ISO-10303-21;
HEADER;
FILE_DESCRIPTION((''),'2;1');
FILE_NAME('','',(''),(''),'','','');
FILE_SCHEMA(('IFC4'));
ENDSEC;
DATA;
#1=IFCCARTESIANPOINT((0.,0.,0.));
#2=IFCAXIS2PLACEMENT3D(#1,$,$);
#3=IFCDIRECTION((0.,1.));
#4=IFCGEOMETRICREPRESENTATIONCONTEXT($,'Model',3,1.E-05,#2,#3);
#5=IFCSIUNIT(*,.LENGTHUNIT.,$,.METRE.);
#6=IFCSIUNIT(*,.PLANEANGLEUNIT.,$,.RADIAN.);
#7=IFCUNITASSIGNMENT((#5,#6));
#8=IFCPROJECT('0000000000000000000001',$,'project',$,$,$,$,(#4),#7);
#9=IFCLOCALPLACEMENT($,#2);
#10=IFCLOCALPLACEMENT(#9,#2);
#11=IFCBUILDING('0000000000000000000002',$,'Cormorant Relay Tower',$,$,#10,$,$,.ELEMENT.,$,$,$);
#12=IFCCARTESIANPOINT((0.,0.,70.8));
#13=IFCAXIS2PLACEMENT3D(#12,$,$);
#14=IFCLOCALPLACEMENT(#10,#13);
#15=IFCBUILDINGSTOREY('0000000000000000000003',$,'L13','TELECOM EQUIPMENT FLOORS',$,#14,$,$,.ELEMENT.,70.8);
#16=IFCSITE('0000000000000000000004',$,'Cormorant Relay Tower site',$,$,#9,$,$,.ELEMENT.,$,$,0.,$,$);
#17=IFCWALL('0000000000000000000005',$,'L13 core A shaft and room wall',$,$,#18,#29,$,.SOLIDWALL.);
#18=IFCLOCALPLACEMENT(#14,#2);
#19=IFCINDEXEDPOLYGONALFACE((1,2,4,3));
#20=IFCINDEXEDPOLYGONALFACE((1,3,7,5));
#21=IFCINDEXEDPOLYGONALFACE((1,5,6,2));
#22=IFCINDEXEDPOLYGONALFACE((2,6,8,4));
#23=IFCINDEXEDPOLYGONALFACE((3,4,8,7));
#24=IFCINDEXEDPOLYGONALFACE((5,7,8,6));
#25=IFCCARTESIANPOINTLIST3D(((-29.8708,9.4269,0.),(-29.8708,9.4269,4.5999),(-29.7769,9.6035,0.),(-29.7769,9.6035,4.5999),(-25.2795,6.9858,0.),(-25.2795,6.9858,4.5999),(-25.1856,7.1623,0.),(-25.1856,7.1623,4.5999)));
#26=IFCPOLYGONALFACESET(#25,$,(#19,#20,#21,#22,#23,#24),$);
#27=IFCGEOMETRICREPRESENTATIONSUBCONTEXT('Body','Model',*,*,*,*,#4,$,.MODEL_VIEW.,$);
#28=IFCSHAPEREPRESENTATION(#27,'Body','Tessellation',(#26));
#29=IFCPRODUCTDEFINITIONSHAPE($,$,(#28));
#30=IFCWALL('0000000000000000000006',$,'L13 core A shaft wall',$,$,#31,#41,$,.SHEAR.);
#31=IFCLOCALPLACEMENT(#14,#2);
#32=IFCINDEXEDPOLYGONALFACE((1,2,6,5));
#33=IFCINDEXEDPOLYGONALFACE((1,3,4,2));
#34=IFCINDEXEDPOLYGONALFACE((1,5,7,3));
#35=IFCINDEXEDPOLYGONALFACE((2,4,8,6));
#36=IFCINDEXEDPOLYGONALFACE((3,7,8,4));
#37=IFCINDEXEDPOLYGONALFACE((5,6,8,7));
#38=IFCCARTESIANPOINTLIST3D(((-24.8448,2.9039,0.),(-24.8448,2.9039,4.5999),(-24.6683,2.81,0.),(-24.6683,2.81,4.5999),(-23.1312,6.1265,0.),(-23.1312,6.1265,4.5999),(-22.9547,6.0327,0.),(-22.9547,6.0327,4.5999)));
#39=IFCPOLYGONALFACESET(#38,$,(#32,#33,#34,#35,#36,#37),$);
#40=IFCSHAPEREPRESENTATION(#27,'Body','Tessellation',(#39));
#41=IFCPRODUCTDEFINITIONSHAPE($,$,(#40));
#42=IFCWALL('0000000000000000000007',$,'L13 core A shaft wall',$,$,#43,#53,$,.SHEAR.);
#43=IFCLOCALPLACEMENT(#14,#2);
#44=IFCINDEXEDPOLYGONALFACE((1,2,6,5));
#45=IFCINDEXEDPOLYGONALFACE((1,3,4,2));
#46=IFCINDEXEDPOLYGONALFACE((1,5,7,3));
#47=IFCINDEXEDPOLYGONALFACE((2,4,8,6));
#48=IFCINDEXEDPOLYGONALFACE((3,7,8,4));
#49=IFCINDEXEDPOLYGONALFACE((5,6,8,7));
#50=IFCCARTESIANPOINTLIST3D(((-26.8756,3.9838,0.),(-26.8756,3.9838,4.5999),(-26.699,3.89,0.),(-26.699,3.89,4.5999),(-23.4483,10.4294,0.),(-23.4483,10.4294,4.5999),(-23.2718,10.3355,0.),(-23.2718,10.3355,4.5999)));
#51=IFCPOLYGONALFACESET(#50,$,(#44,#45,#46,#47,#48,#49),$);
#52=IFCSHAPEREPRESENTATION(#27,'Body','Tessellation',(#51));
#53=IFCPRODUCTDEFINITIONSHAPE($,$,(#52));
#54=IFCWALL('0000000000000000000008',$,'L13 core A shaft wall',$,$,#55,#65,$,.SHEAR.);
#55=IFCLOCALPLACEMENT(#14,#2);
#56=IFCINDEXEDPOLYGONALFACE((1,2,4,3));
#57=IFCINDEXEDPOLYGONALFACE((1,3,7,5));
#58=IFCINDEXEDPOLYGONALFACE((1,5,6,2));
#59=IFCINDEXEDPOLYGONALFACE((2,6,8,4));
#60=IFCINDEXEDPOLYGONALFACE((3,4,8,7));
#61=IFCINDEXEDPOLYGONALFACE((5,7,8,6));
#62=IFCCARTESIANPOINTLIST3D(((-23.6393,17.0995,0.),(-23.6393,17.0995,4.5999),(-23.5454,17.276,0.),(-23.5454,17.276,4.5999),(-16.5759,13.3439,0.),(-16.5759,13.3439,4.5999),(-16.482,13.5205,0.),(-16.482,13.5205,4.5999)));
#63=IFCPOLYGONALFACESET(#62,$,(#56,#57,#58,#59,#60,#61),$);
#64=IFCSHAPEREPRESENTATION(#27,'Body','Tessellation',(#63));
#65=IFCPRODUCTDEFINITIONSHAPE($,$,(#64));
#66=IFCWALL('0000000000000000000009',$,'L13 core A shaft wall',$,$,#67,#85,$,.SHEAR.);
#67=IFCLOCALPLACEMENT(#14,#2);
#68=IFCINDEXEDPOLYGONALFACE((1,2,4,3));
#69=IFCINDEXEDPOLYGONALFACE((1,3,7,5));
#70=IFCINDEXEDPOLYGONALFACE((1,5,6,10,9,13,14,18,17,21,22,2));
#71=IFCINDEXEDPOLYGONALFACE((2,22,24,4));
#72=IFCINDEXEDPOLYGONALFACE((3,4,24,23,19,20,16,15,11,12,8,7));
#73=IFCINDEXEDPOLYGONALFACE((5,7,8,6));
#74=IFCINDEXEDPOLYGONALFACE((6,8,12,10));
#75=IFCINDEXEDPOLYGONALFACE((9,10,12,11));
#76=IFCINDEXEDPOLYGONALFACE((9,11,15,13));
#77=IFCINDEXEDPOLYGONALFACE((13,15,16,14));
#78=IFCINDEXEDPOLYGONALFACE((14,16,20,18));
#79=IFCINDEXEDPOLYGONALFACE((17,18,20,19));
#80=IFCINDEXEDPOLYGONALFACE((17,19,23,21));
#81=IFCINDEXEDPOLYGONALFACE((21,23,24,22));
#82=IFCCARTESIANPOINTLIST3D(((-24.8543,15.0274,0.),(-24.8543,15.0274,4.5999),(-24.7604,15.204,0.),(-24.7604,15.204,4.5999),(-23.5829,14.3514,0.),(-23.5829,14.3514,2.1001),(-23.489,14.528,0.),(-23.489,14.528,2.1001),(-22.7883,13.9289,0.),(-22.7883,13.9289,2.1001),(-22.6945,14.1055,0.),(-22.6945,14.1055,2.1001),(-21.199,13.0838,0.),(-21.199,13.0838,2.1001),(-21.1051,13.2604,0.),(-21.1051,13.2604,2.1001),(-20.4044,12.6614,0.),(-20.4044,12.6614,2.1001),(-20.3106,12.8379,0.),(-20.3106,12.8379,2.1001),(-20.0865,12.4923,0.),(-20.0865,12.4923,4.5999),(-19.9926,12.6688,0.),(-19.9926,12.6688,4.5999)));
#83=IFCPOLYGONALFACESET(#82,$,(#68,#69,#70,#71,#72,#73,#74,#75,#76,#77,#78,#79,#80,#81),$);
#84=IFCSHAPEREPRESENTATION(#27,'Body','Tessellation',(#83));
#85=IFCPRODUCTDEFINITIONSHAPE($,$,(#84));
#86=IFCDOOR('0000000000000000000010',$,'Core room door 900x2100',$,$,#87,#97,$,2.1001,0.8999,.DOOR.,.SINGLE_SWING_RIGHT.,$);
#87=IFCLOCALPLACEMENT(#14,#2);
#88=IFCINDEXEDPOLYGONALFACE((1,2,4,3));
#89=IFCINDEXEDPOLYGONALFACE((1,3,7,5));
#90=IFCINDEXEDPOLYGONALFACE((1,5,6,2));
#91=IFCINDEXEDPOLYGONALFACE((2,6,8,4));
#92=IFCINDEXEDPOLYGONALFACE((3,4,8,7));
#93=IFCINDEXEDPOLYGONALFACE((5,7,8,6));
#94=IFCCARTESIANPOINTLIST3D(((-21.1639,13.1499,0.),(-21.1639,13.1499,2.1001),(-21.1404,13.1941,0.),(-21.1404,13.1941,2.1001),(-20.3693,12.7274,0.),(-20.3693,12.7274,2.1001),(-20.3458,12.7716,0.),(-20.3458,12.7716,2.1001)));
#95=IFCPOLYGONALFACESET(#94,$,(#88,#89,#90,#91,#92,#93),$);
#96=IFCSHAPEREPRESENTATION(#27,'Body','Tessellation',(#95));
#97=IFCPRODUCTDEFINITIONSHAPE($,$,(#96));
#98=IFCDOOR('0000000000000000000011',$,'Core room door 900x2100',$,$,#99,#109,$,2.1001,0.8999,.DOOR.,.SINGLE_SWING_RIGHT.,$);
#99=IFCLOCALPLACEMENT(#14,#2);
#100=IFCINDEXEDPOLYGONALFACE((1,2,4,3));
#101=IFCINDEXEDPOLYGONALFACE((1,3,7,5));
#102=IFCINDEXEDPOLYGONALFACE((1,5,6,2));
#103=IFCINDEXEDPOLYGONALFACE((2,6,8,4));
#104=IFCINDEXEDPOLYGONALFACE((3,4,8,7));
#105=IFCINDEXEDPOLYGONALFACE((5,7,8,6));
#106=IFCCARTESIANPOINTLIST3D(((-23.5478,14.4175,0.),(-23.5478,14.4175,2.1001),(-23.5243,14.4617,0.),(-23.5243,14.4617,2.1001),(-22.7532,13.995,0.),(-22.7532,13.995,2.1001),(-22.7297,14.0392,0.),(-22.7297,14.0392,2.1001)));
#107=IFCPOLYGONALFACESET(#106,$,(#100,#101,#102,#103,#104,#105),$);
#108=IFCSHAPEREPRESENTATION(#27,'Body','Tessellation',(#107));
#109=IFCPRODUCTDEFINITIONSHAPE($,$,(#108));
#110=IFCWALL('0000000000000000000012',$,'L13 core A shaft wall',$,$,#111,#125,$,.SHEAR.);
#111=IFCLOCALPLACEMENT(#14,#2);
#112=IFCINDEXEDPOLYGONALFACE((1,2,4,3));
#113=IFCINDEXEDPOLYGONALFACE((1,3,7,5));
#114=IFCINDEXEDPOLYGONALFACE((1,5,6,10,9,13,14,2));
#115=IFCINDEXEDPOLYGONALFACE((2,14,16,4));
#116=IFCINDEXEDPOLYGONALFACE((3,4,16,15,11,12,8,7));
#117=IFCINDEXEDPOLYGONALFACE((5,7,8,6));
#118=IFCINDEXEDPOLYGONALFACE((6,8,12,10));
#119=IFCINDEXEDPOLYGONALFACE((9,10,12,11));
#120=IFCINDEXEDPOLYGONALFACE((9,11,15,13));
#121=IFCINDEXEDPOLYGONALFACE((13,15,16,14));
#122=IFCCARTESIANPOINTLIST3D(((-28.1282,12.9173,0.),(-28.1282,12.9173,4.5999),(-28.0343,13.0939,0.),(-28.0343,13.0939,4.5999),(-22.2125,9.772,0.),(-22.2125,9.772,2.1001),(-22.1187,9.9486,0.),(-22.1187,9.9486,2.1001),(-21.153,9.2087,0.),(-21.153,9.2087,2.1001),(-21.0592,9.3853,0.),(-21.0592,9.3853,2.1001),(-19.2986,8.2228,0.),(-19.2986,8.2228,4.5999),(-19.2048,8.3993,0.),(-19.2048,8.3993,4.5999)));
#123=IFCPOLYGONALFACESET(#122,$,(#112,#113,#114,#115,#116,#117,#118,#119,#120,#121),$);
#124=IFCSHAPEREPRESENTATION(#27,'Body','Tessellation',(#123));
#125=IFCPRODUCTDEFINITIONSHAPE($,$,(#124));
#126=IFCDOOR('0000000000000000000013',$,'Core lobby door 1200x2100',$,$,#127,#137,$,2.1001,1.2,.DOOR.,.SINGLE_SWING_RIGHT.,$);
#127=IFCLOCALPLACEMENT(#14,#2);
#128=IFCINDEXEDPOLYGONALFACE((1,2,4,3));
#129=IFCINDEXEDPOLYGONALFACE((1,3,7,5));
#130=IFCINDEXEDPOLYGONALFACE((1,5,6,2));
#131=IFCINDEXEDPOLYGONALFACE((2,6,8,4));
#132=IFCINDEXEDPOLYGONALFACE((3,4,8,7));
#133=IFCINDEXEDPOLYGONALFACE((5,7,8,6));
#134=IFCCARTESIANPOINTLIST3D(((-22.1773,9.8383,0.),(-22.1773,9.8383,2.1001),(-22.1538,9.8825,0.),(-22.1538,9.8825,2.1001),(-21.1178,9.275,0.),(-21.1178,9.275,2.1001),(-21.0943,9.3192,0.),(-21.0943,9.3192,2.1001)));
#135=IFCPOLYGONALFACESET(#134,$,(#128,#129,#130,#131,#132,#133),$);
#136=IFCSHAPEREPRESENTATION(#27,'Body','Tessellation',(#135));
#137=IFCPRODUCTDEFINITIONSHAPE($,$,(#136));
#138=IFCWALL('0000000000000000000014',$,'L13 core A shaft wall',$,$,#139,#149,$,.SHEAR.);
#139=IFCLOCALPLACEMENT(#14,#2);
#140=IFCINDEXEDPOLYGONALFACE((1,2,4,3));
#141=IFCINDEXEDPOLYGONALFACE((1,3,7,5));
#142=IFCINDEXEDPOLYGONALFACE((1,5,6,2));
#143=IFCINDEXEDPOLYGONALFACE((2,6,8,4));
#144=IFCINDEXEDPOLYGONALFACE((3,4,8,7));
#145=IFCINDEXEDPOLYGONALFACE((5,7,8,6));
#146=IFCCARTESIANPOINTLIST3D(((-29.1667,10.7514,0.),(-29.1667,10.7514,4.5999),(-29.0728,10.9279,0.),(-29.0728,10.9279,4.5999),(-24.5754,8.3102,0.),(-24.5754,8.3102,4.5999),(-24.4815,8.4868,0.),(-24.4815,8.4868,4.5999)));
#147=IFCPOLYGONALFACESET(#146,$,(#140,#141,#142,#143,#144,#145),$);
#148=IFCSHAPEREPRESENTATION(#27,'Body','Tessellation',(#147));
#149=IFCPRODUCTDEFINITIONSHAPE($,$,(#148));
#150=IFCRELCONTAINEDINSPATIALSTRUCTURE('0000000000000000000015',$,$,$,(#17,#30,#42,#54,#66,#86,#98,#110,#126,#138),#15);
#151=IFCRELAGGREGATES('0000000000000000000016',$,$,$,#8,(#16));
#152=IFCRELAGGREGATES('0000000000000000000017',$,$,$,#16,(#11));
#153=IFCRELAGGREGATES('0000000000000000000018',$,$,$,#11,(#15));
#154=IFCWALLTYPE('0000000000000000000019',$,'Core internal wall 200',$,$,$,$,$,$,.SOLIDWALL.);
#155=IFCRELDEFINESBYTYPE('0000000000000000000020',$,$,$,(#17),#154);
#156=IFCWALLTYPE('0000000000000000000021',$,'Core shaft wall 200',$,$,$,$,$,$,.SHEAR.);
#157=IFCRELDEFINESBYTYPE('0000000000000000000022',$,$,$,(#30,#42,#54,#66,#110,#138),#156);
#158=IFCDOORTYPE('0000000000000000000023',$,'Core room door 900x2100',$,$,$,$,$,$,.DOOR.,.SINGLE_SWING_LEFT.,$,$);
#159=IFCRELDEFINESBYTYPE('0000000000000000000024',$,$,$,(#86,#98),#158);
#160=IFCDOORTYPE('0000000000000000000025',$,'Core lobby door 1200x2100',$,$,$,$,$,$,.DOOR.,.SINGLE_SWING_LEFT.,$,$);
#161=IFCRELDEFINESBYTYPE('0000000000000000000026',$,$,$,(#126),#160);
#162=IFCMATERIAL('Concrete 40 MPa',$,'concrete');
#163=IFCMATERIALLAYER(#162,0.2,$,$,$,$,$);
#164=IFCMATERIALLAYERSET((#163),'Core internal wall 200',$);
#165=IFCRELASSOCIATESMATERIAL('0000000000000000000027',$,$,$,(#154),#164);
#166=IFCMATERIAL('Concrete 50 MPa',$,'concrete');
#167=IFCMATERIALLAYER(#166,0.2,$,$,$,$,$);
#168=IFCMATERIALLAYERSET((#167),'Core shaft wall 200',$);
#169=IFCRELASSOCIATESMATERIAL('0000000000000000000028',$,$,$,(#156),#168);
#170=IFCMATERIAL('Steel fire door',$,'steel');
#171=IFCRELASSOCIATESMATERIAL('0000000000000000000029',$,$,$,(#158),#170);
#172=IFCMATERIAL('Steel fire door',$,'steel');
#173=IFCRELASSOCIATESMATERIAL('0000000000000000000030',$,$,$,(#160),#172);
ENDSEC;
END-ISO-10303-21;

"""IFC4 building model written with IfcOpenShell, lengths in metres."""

from ifc_helpers import new_model, si_unit, direction, frame, frame_2d, origin, place, context, subcontext, project, spatial, rectangle, extrude, material, layer, layer_set, type_object, element, fill, save


model = new_model("IFC4")

# Units and contexts
model_context = context("Model", 3, precision=1e-05, world=origin(), true_north=direction((0.0, 1.0)))
body_context = subcontext(model_context, "Body", "Model", "MODEL_VIEW")
ifc_project = project(units=[si_unit("LENGTHUNIT", "METRE"), si_unit("PLANEANGLEUNIT", "RADIAN")], contexts=[model_context])

# Site, building, storey
site_placement = place(None, origin())
site = spatial("IfcSite", under=ifc_project, at=site_placement, Name="Cormorant Relay Tower site", CompositionType="ELEMENT", RefElevation=0.0)
building_placement = place(site_placement, origin())
building = spatial("IfcBuilding", under=site, at=building_placement, Name="Cormorant Relay Tower", CompositionType="ELEMENT")
storey_placement = place(building_placement, frame((0.0, 0.0, 70.8)))
storey = spatial("IfcBuildingStorey", under=building, at=storey_placement, Name="L13", Description="TELECOM EQUIPMENT FLOORS", CompositionType="ELEMENT", Elevation=70.8)

# Walls
ifc_material_1 = material(Name="Concrete 40 MPa", Category="concrete")
ifc_layer_1 = layer(ifc_material_1, 0.2)
ifc_layer_set_1 = layer_set([ifc_layer_1], Name="Core internal wall 200")
wall_type_1 = type_object("IfcWallType", Name="Core internal wall 200", PredefinedType="SOLIDWALL", material=ifc_layer_set_1)
wall_1_placement = place(storey_placement, frame((-25.2324, 7.074, 0.0), z_axis=(0.0, 0.0, 1.0), x_axis=(-0.882954, 0.46946, 0.0)))
element("IfcWall", 1, at=wall_1_placement, inside=storey, type_object=wall_type_1, Name="L13 core A shaft and room wall", PredefinedType="SOLIDWALL", context=body_context, shape_type="SweptSolid", body=[
    extrude(rectangle(XDim=5.2, YDim=0.2, at=frame_2d((2.6001, 0.0))), origin(), (0.0, 0.0, 1.0), 4.5999),
])
ifc_material_2 = material(Name="Concrete 50 MPa", Category="concrete")
ifc_layer_2 = layer(ifc_material_2, 0.2)
ifc_layer_set_2 = layer_set([ifc_layer_2], Name="Core shaft wall 200")
wall_type_2 = type_object("IfcWallType", Name="Core shaft wall 200", PredefinedType="SHEAR", material=ifc_layer_set_2)
wall_2_placement = place(storey_placement, frame((-23.043, 6.0796, 0.0), z_axis=(0.0, 0.0, 1.0), x_axis=(-0.469494, -0.882936, 0.0)))
element("IfcWall", 2, at=wall_2_placement, inside=storey, type_object=wall_type_2, Name="L13 core A shaft wall", PredefinedType="SHEAR", context=body_context, shape_type="SweptSolid", body=[
    extrude(rectangle(XDim=3.6499, YDim=0.2, at=frame_2d((1.825, 0.0))), origin(), (0.0, 0.0, 1.0), 4.5999),
])
wall_3_placement = place(storey_placement, frame((-23.3601, 10.3823, 0.0), z_axis=(0.0, 0.0, 1.0), x_axis=(-0.46948, -0.882943, 0.0)))
element("IfcWall", 3, at=wall_3_placement, inside=storey, type_object=wall_type_2, Name="L13 core A shaft wall", PredefinedType="SHEAR", context=body_context, shape_type="SweptSolid", body=[
    extrude(rectangle(XDim=7.3, YDim=0.2, at=frame_2d((3.6499, 0.0))), origin(), (0.0, 0.0, 1.0), 4.5999),
])
wall_4_placement = place(storey_placement, frame((-16.5288, 13.4321, 0.0), z_axis=(0.0, 0.0, 1.0), x_axis=(-0.882953, 0.469462, 0.0)))
element("IfcWall", 4, at=wall_4_placement, inside=storey, type_object=wall_type_2, Name="L13 core A shaft wall", PredefinedType="SHEAR", context=body_context, shape_type="SweptSolid", body=[
    extrude(rectangle(XDim=7.9998, YDim=0.2, at=frame_2d((4.0, 0.0))), origin(), (0.0, 0.0, 1.0), 4.5999),
])

# Wall, openings, doors
wall_5_placement = place(storey_placement, frame((-20.0396, 12.5806, 0.0), z_axis=(0.0, 0.0, 1.0), x_axis=(-0.882943, 0.46948, 0.0)))
wall_5 = element("IfcWall", 5, at=wall_5_placement, inside=storey, type_object=wall_type_2, Name="L13 core A shaft wall", PredefinedType="SHEAR", context=body_context, shape_type="SweptSolid", body=[
    extrude(rectangle(XDim=5.3999, YDim=0.2, at=frame_2d((2.7, 0.0))), origin(), (0.0, 0.0, 1.0), 4.5999),
])
opening_1_placement = place(wall_5_placement, frame((0.3601, 0.0, 0.0)))
opening_1 = element("IfcOpeningElement", 6, at=opening_1_placement, cuts=wall_5, PredefinedType="OPENING", context=body_context, shape_type="SweptSolid", body=[
    extrude(rectangle(XDim=0.8999, YDim=2.1001, at=frame_2d((0.45, 1.05))), frame((0.0, 0.1099, 0.0), z_axis=(0.0, -1.0, 0.0), x_axis=(1.0, 0.0, 0.0)), (0.0, 0.0, 1.0), 0.22),
])
opening_2_placement = place(wall_5_placement, frame((3.0601, 0.0, 0.0)))
opening_2 = element("IfcOpeningElement", 7, at=opening_2_placement, cuts=wall_5, PredefinedType="OPENING", context=body_context, shape_type="SweptSolid", body=[
    extrude(rectangle(XDim=0.8999, YDim=2.1001, at=frame_2d((0.45, 1.05))), frame((0.0, 0.1099, 0.0), z_axis=(0.0, -1.0, 0.0), x_axis=(1.0, 0.0, 0.0)), (0.0, 0.0, 1.0), 0.22),
])
ifc_material_3 = material(Name="Steel fire door", Category="steel")
door_type_1 = type_object("IfcDoorType", Name="Core room door 900x2100", OperationType="SINGLE_SWING_LEFT", PredefinedType="DOOR", material=ifc_material_3)
door_1_placement = place(opening_1_placement, frame((0.8999, 0.0, 0.0), z_axis=(0.0, 0.0, 1.0), x_axis=(-1.0, 0.0, 0.0)))
door_1 = element("IfcDoor", 8, at=door_1_placement, inside=storey, type_object=door_type_1, Name="Core room door 900x2100", OperationType="SINGLE_SWING_RIGHT", OverallHeight=2.1001, OverallWidth=0.8999, PredefinedType="DOOR", context=body_context, shape_type="SweptSolid", body=[
    extrude(rectangle(XDim=0.8999, YDim=2.1001, at=frame_2d((0.45, 1.05))), frame((0.0, 0.0249, 0.0), z_axis=(0.0, -1.0, 0.0), x_axis=(1.0, 0.0, 0.0)), (0.0, 0.0, 1.0), 0.05),
])
fill(opening_1, door_1)
door_2_placement = place(opening_2_placement, frame((0.8999, 0.0, 0.0), z_axis=(0.0, 0.0, 1.0), x_axis=(-1.0, 0.0, 0.0)))
door_2 = element("IfcDoor", 9, at=door_2_placement, inside=storey, type_object=door_type_1, Name="Core room door 900x2100", OperationType="SINGLE_SWING_RIGHT", OverallHeight=2.1001, OverallWidth=0.8999, PredefinedType="DOOR", context=body_context, shape_type="SweptSolid", body=[
    extrude(rectangle(XDim=0.8999, YDim=2.1001, at=frame_2d((0.45, 1.05))), frame((0.0, 0.0249, 0.0), z_axis=(0.0, -1.0, 0.0), x_axis=(1.0, 0.0, 0.0)), (0.0, 0.0, 1.0), 0.05),
])
fill(opening_2, door_2)

# Wall, opening, door
wall_6_placement = place(storey_placement, frame((-19.2517, 8.311, 0.0), z_axis=(0.0, 0.0, 1.0), x_axis=(-0.882956, 0.469456, 0.0)))
wall_6 = element("IfcWall", 10, at=wall_6_placement, inside=storey, type_object=wall_type_2, Name="L13 core A shaft wall", PredefinedType="SHEAR", context=body_context, shape_type="SweptSolid", body=[
    extrude(rectangle(XDim=10.0, YDim=0.2, at=frame_2d((5.0, 0.0))), origin(), (0.0, 0.0, 1.0), 4.5999),
])
opening_3_placement = place(wall_6_placement, frame((2.1001, 0.0, 0.0)))
opening_3 = element("IfcOpeningElement", 11, at=opening_3_placement, cuts=wall_6, PredefinedType="OPENING", context=body_context, shape_type="SweptSolid", body=[
    extrude(rectangle(XDim=1.2, YDim=2.1001, at=frame_2d((0.6001, 1.05))), frame((0.0, 0.1099, 0.0), z_axis=(0.0, -1.0, 0.0), x_axis=(1.0, 0.0, 0.0)), (0.0, 0.0, 1.0), 0.22),
])
ifc_material_4 = material(Name="Steel fire door", Category="steel")
door_type_2 = type_object("IfcDoorType", Name="Core lobby door 1200x2100", OperationType="SINGLE_SWING_LEFT", PredefinedType="DOOR", material=ifc_material_4)
door_3_placement = place(opening_3_placement, origin())
door_3 = element("IfcDoor", 12, at=door_3_placement, inside=storey, type_object=door_type_2, Name="Core lobby door 1200x2100", OperationType="SINGLE_SWING_RIGHT", OverallHeight=2.1001, OverallWidth=1.2, PredefinedType="DOOR", context=body_context, shape_type="SweptSolid", body=[
    extrude(rectangle(XDim=1.2, YDim=2.1001, at=frame_2d((0.6001, 1.05))), frame((0.0, 0.0249, 0.0), z_axis=(0.0, -1.0, 0.0), x_axis=(1.0, 0.0, 0.0)), (0.0, 0.0, 1.0), 0.05),
])
fill(opening_3, door_3)

# Wall
wall_7_placement = place(storey_placement, frame((-24.5283, 8.3984, 0.0), z_axis=(0.0, 0.0, 1.0), x_axis=(-0.882954, 0.46946, 0.0)))
element("IfcWall", 13, at=wall_7_placement, inside=storey, type_object=wall_type_2, Name="L13 core A shaft wall", PredefinedType="SHEAR", context=body_context, shape_type="SweptSolid", body=[
    extrude(rectangle(XDim=5.2, YDim=0.2, at=frame_2d((2.6001, 0.0))), origin(), (0.0, 0.0, 1.0), 4.5999),
])

save(model, "model.ifc")
